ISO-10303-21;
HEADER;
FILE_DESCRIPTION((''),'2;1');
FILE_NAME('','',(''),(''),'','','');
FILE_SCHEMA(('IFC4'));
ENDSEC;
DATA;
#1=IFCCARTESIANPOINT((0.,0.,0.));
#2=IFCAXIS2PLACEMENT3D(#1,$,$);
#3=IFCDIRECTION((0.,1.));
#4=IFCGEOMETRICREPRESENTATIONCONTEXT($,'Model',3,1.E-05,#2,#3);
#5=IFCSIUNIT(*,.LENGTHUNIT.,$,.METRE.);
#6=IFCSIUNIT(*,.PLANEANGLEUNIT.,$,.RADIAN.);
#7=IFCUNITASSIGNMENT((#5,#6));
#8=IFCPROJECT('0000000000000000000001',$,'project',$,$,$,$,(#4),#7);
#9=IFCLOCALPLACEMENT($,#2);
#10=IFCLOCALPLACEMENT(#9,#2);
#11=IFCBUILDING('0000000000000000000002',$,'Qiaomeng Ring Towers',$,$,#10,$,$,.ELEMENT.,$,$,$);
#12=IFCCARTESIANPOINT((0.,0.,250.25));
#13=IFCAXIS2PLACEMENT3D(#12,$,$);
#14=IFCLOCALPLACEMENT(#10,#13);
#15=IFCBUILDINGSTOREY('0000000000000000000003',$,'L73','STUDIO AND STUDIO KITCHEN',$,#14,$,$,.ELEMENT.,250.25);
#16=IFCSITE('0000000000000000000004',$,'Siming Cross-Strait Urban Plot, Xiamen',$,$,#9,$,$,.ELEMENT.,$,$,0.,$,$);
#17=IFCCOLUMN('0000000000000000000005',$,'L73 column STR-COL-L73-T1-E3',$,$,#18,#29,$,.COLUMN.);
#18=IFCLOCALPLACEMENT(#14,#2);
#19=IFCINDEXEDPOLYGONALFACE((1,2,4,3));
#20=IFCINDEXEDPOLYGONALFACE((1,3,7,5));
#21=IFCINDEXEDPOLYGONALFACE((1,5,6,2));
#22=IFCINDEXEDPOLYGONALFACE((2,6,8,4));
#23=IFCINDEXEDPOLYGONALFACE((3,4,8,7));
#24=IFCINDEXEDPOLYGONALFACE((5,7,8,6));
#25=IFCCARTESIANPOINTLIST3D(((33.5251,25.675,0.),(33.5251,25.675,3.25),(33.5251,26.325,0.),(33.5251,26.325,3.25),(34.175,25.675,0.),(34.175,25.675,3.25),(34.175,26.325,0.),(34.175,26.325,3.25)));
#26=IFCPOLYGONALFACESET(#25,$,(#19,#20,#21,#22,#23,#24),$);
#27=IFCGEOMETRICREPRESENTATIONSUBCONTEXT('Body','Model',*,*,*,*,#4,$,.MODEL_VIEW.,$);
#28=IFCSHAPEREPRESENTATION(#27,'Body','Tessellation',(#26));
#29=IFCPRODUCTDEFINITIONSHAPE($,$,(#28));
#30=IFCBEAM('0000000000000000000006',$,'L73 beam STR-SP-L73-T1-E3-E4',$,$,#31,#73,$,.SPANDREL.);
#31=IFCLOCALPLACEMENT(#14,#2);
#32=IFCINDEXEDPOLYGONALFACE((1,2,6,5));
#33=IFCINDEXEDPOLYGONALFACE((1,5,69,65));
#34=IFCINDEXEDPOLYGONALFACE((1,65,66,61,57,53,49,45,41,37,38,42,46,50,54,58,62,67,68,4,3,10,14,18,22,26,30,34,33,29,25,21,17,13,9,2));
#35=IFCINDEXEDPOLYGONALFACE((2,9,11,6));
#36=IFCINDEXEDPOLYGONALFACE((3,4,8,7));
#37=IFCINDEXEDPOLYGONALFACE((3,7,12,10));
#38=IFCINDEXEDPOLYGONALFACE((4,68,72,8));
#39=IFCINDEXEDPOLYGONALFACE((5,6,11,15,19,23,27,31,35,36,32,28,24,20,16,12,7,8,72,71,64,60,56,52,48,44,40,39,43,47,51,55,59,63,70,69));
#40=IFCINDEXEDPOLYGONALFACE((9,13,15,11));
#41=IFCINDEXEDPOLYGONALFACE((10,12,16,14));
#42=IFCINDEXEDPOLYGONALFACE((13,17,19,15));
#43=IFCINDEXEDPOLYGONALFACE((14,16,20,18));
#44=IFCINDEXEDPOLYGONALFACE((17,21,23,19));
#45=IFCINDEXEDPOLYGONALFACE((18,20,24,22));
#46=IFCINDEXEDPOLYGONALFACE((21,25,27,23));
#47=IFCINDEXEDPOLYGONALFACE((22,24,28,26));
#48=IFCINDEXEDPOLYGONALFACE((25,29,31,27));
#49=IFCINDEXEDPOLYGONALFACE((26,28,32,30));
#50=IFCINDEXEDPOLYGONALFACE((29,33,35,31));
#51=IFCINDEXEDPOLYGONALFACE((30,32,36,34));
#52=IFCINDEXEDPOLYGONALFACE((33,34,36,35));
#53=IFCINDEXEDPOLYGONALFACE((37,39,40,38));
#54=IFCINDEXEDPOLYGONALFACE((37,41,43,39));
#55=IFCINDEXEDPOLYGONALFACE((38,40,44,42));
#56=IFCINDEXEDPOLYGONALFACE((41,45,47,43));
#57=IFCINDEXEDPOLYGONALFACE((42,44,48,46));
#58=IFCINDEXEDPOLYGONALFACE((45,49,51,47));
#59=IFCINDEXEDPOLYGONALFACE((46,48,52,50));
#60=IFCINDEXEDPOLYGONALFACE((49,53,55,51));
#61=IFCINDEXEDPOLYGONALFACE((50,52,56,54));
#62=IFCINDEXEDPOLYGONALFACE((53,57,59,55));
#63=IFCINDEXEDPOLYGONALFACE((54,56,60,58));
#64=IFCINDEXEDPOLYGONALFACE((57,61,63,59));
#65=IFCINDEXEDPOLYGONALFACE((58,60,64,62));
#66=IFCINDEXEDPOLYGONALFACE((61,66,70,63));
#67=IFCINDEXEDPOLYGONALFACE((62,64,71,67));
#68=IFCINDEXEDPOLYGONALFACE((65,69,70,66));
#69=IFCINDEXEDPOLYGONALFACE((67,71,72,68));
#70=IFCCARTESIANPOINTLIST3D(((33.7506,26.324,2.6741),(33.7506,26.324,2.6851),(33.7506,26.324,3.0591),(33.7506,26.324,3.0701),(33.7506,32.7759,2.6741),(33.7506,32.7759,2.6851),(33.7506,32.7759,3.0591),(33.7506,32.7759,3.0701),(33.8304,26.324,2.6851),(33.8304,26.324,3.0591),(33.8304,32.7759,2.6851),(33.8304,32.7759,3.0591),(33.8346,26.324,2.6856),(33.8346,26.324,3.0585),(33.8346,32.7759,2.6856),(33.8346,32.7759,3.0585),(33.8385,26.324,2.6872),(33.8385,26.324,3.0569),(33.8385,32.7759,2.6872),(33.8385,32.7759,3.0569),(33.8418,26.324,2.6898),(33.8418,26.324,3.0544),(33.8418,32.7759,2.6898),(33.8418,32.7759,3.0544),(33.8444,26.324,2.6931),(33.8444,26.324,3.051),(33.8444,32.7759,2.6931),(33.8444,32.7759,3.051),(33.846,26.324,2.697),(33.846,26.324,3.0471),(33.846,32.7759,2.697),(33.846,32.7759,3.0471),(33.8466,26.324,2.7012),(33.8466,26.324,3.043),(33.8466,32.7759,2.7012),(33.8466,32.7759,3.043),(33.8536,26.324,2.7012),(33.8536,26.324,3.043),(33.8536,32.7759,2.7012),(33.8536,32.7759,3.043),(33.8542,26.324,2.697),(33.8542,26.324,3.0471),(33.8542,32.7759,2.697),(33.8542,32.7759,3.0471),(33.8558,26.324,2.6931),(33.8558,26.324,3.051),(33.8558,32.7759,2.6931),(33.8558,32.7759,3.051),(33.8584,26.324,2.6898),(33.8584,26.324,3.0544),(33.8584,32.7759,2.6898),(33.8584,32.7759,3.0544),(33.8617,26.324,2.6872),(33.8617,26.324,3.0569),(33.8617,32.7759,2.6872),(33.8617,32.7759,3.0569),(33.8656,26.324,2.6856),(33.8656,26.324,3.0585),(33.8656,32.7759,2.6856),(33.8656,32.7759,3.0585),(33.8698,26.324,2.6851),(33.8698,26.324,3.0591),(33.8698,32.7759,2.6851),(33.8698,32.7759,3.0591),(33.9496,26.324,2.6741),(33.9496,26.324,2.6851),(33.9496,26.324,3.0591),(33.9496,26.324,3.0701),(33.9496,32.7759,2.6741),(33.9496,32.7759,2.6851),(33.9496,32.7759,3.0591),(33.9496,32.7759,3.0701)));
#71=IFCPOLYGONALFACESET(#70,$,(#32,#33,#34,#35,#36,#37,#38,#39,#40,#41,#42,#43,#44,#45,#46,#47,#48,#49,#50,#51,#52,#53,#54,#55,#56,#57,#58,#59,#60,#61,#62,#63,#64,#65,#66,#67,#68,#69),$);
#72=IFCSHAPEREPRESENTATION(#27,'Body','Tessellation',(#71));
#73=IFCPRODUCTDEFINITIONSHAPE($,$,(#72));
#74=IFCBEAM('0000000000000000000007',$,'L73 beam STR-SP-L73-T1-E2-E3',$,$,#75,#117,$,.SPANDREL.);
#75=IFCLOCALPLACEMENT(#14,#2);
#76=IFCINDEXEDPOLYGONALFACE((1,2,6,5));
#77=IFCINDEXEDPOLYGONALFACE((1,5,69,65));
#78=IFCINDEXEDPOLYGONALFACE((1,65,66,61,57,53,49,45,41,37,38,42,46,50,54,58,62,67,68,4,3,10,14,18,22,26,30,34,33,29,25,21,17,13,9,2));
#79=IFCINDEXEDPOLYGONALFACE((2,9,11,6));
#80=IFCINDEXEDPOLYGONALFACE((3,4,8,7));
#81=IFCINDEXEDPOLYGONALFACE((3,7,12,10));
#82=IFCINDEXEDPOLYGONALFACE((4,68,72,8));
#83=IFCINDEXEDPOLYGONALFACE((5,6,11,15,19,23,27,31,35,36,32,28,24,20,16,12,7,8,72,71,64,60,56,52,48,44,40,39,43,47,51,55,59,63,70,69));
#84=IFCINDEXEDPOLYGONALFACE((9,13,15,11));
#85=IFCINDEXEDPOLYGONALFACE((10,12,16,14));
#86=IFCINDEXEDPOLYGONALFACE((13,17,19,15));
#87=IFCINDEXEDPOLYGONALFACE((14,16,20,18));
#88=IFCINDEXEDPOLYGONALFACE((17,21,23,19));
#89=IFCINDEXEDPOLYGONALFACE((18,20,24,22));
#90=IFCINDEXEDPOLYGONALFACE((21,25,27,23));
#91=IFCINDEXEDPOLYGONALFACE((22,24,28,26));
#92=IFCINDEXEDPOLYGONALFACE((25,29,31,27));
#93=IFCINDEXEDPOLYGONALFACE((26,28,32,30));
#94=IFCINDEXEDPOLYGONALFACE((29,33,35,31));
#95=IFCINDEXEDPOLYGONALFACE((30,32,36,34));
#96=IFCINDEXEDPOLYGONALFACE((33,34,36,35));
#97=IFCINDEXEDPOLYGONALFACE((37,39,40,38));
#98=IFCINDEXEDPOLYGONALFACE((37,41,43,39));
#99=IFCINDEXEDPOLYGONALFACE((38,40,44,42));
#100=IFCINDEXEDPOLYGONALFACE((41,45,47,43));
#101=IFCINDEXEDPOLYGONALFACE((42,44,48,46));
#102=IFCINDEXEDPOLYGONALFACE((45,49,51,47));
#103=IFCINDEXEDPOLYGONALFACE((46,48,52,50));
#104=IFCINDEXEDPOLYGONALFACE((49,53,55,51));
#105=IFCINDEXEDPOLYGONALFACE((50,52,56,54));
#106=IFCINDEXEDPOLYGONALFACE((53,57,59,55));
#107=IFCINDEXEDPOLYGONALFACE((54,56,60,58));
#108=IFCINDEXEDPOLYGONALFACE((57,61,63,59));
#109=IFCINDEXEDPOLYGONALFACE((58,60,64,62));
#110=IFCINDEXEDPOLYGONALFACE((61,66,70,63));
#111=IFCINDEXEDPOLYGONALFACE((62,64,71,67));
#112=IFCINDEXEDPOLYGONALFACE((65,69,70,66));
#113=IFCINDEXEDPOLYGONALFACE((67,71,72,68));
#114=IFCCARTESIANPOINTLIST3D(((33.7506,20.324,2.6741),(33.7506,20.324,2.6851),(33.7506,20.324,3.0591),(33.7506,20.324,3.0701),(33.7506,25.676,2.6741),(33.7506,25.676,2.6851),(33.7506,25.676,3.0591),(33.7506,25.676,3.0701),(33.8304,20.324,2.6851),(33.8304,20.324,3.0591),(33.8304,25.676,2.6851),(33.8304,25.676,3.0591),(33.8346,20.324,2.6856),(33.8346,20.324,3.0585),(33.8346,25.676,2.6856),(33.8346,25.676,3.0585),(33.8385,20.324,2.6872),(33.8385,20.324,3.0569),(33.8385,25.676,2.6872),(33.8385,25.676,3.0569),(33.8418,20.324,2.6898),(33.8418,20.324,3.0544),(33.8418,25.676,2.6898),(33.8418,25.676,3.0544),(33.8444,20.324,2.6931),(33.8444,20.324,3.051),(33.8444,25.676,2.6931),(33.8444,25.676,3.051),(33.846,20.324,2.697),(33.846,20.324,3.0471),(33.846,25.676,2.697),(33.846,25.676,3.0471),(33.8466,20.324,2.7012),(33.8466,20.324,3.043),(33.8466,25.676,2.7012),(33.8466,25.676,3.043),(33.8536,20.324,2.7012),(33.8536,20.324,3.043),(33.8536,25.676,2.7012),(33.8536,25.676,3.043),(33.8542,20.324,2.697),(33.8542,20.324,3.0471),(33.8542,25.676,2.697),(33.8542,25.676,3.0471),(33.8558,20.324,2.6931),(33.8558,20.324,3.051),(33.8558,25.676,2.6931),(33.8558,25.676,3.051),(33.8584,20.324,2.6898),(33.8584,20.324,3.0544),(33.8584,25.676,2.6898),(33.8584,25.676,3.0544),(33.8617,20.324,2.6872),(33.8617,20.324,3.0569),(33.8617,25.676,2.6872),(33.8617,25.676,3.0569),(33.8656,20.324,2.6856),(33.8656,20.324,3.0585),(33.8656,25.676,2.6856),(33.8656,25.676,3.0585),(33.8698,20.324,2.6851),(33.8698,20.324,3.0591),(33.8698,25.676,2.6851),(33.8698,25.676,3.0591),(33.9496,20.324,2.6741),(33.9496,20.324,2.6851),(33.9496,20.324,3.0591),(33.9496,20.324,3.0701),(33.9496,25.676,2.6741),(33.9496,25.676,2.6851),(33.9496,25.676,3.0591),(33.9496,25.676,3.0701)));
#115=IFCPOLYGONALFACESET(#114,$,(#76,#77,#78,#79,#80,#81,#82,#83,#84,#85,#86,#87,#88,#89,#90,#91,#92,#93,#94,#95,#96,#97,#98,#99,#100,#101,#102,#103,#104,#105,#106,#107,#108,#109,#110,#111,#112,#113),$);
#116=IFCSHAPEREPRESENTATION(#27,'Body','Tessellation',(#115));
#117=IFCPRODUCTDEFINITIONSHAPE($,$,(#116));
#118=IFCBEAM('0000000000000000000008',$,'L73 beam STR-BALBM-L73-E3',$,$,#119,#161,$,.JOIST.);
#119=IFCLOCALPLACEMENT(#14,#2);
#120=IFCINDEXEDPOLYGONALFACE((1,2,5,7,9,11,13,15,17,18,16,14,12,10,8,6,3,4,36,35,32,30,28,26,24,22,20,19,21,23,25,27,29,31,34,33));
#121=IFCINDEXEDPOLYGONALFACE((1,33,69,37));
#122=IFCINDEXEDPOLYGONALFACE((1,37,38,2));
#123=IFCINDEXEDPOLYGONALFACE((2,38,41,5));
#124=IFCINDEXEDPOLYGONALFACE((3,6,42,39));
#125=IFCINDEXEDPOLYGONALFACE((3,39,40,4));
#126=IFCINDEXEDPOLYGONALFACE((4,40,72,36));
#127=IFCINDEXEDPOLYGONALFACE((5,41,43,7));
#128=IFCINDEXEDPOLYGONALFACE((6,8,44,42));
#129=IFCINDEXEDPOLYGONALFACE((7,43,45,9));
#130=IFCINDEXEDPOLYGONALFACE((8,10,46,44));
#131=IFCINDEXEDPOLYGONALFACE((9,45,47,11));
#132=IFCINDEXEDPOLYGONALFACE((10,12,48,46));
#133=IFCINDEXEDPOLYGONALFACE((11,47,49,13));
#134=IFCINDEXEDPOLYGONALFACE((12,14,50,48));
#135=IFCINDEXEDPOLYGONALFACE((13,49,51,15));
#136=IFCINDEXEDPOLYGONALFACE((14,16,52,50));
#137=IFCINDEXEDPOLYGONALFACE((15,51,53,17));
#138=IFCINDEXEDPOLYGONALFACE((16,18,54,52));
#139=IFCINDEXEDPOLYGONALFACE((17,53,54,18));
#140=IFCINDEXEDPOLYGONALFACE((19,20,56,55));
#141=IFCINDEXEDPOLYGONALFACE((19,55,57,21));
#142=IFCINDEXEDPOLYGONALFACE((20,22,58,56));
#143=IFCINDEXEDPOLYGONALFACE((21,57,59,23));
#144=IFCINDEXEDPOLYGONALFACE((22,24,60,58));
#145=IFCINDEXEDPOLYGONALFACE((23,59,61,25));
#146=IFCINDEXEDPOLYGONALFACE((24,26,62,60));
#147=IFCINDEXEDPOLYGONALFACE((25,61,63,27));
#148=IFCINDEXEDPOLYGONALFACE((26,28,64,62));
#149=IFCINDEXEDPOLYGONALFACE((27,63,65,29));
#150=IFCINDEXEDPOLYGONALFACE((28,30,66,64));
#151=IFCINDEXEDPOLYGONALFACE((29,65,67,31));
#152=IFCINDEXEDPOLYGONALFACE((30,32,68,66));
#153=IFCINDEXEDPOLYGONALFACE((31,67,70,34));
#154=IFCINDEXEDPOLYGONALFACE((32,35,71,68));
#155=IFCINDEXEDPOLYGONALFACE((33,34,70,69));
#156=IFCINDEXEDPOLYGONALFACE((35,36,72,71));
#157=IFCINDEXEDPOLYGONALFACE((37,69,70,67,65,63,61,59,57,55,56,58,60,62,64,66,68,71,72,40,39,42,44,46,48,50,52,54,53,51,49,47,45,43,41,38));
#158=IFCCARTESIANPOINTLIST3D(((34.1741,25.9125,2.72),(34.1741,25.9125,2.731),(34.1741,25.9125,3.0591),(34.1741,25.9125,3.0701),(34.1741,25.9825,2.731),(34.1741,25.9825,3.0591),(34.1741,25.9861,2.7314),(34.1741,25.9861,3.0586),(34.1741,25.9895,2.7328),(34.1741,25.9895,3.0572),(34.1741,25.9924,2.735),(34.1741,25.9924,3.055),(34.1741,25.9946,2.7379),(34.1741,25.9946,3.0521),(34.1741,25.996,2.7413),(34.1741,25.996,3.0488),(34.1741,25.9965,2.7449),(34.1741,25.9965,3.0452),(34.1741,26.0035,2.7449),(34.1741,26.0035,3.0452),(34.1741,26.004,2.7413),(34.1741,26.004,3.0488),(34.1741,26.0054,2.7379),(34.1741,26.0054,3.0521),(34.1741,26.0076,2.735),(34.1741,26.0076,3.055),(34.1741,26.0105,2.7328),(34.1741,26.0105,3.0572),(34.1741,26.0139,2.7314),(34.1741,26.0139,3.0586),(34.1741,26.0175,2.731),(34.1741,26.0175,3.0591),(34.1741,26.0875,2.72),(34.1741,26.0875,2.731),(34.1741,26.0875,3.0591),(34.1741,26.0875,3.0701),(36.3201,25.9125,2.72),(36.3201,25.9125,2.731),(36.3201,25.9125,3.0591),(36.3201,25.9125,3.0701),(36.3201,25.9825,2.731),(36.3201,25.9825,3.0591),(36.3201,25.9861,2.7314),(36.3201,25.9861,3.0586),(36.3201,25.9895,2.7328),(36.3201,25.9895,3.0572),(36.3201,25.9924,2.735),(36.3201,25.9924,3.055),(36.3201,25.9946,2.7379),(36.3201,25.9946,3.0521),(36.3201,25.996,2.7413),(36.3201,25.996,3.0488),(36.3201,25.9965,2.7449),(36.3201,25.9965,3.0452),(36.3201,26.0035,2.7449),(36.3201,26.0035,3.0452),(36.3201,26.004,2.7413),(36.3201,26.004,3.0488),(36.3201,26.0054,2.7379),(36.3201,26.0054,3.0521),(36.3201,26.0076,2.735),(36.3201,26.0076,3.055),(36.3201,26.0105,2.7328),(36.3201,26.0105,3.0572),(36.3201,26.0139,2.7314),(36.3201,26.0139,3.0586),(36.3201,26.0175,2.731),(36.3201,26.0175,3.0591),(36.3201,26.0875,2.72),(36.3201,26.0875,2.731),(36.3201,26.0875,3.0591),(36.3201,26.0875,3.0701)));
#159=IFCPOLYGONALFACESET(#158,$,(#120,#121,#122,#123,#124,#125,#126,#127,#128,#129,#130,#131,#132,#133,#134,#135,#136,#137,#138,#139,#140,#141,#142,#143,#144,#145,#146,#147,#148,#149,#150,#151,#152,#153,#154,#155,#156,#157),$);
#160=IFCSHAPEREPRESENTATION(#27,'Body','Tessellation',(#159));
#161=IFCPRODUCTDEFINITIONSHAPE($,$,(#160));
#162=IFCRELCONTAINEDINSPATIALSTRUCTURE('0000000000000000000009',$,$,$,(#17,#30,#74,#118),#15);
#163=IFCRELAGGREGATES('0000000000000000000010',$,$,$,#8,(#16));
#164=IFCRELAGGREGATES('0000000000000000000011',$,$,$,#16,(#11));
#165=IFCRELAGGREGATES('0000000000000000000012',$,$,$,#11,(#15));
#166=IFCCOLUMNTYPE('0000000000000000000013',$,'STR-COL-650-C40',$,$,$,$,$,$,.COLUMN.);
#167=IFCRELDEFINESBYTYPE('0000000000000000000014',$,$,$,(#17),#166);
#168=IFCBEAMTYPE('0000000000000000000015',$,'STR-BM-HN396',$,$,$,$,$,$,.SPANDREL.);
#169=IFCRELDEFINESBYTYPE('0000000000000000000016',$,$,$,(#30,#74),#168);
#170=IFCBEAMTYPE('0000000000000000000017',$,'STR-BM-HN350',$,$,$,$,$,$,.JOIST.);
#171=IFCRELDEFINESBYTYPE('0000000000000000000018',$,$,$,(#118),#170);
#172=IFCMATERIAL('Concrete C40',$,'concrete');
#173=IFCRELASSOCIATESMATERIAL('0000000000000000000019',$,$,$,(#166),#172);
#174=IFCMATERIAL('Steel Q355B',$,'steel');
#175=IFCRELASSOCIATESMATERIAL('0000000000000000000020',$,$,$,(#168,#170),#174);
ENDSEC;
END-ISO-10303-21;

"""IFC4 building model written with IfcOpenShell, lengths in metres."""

from ifc_helpers import new_model, si_unit, direction, frame, origin, origin_2d, place, context, subcontext, project, spatial, rectangle, i_section, extrude, source, transform, mapped, material, material_profile, profile_set, type_object, element, save


model = new_model("IFC4")

# Units and contexts
model_context = context("Model", 3, precision=1e-05, world=origin(), true_north=direction((0.0, 1.0)))
body_context = subcontext(model_context, "Body", "Model", "MODEL_VIEW")
ifc_project = project(units=[si_unit("LENGTHUNIT", "METRE"), si_unit("PLANEANGLEUNIT", "RADIAN")], contexts=[model_context])

# Site, building, storey
site_placement = place(None, origin())
site = spatial("IfcSite", under=ifc_project, at=site_placement, Name="Siming Cross-Strait Urban Plot, Xiamen", CompositionType="ELEMENT", RefElevation=0.0)
building_placement = place(site_placement, origin())
building = spatial("IfcBuilding", under=site, at=building_placement, Name="Qiaomeng Ring Towers", CompositionType="ELEMENT")
storey_placement = place(building_placement, frame((0.0, 0.0, 250.25)))
storey = spatial("IfcBuildingStorey", under=building, at=storey_placement, Name="L73", Description="STUDIO AND STUDIO KITCHEN", CompositionType="ELEMENT", Elevation=250.25)

# Column
ifc_material_1 = material(Name="Concrete C40", Category="concrete")
ifc_material_profile_1 = material_profile(ifc_material_1, rectangle(XDim=0.6499, YDim=0.6499, at=origin_2d()), Name="RC COL 650x650")
ifc_profile_set_1 = profile_set([ifc_material_profile_1], Name="Concrete C40")
column_type = type_object("IfcColumnType", Name="STR-COL-650-C40", PredefinedType="COLUMN", material=ifc_profile_set_1)
shared_shape_1 = source(origin(), body_context, "Body", "SweptSolid", [
    extrude(rectangle(XDim=0.6499, YDim=0.6499, at=origin_2d()), origin(), (0.0, 0.0, 1.0), 3.25),
])
column_placement = place(storey_placement, frame((33.8501, 26.0, 0.0), z_axis=(0.0, 0.0, 1.0), x_axis=(1.0, 0.0, 0.0)))
element("IfcColumn", 1, at=column_placement, inside=storey, type_object=column_type, Name="L73 column STR-COL-L73-T1-E3", PredefinedType="COLUMN", context=body_context, shape_type="MappedRepresentation", body=[
    mapped(shared_shape_1, transform((0.0, 0.0, 0.0), x_axis=(1.0, 0.0, 0.0), y_axis=(0.0, 1.0, 0.0), z_axis=(0.0, 0.0, 1.0), scale=1.0)),
])

# Beams
ifc_material_2 = material(Name="Steel Q355B", Category="steel")
ifc_material_profile_2 = material_profile(ifc_material_2, i_section(OverallWidth=0.199, OverallDepth=0.396, WebThickness=0.0071, FlangeThickness=0.011, FilletRadius=0.0161, at=origin_2d()), Name="HN 396x199x7x11")
ifc_profile_set_2 = profile_set([ifc_material_profile_2], Name="Steel Q355B")
beam_type_1 = type_object("IfcBeamType", Name="STR-BM-HN396", PredefinedType="SPANDREL", material=ifc_profile_set_2)
shared_shape_2 = source(origin(), body_context, "Body", "SweptSolid", [
    extrude(i_section(OverallWidth=0.199, OverallDepth=0.396, WebThickness=0.0071, FlangeThickness=0.011, FilletRadius=0.0161, at=origin_2d()), origin(), (0.0, 0.0, 1.0), 6.4519),
])
beam_1_placement = place(storey_placement, frame((33.8501, 26.324, 2.8721), z_axis=(0.0, 1.0, 0.0), x_axis=(-1.0, 0.0, 0.0)))
element("IfcBeam", 2, at=beam_1_placement, inside=storey, type_object=beam_type_1, Name="L73 beam STR-SP-L73-T1-E3-E4", PredefinedType="SPANDREL", context=body_context, shape_type="MappedRepresentation", body=[
    mapped(shared_shape_2, transform((0.0, 0.0, 0.0), x_axis=(1.0, 0.0, 0.0), y_axis=(0.0, 1.0, 0.0), z_axis=(0.0, 0.0, 1.0), scale=1.0)),
])
shared_shape_3 = source(origin(), body_context, "Body", "SweptSolid", [
    extrude(i_section(OverallWidth=0.199, OverallDepth=0.396, WebThickness=0.0071, FlangeThickness=0.011, FilletRadius=0.0161, at=origin_2d()), origin(), (0.0, 0.0, 1.0), 5.3521),
])
beam_2_placement = place(storey_placement, frame((33.8501, 20.324, 2.8721), z_axis=(0.0, 1.0, 0.0), x_axis=(-1.0, 0.0, 0.0)))
element("IfcBeam", 3, at=beam_2_placement, inside=storey, type_object=beam_type_1, Name="L73 beam STR-SP-L73-T1-E2-E3", PredefinedType="SPANDREL", context=body_context, shape_type="MappedRepresentation", body=[
    mapped(shared_shape_3, transform((0.0, 0.0, 0.0), x_axis=(1.0, 0.0, 0.0), y_axis=(0.0, 1.0, 0.0), z_axis=(0.0, 0.0, 1.0), scale=1.0)),
])
ifc_material_profile_3 = material_profile(ifc_material_2, i_section(OverallWidth=0.175, OverallDepth=0.3501, WebThickness=0.0071, FlangeThickness=0.011, FilletRadius=0.0139, at=origin_2d()), Name="HN 350x175x7x11")
ifc_profile_set_3 = profile_set([ifc_material_profile_3], Name="Steel Q355B")
beam_type_2 = type_object("IfcBeamType", Name="STR-BM-HN350", PredefinedType="JOIST", material=ifc_profile_set_3)
shared_shape_4 = source(origin(), body_context, "Body", "SweptSolid", [
    extrude(i_section(OverallWidth=0.175, OverallDepth=0.3501, WebThickness=0.0071, FlangeThickness=0.011, FilletRadius=0.0139, at=origin_2d()), origin(), (0.0, 0.0, 1.0), 2.146),
])
beam_3_placement = place(storey_placement, frame((34.1741, 26.0, 2.895), z_axis=(1.0, 0.0, 0.0), x_axis=(0.0, 1.0, 0.0)))
element("IfcBeam", 4, at=beam_3_placement, inside=storey, type_object=beam_type_2, Name="L73 beam STR-BALBM-L73-E3", PredefinedType="JOIST", context=body_context, shape_type="MappedRepresentation", body=[
    mapped(shared_shape_4, transform((0.0, 0.0, 0.0), x_axis=(1.0, 0.0, 0.0), y_axis=(0.0, 1.0, 0.0), z_axis=(0.0, 0.0, 1.0), scale=1.0)),
])

save(model, "model.ifc")
